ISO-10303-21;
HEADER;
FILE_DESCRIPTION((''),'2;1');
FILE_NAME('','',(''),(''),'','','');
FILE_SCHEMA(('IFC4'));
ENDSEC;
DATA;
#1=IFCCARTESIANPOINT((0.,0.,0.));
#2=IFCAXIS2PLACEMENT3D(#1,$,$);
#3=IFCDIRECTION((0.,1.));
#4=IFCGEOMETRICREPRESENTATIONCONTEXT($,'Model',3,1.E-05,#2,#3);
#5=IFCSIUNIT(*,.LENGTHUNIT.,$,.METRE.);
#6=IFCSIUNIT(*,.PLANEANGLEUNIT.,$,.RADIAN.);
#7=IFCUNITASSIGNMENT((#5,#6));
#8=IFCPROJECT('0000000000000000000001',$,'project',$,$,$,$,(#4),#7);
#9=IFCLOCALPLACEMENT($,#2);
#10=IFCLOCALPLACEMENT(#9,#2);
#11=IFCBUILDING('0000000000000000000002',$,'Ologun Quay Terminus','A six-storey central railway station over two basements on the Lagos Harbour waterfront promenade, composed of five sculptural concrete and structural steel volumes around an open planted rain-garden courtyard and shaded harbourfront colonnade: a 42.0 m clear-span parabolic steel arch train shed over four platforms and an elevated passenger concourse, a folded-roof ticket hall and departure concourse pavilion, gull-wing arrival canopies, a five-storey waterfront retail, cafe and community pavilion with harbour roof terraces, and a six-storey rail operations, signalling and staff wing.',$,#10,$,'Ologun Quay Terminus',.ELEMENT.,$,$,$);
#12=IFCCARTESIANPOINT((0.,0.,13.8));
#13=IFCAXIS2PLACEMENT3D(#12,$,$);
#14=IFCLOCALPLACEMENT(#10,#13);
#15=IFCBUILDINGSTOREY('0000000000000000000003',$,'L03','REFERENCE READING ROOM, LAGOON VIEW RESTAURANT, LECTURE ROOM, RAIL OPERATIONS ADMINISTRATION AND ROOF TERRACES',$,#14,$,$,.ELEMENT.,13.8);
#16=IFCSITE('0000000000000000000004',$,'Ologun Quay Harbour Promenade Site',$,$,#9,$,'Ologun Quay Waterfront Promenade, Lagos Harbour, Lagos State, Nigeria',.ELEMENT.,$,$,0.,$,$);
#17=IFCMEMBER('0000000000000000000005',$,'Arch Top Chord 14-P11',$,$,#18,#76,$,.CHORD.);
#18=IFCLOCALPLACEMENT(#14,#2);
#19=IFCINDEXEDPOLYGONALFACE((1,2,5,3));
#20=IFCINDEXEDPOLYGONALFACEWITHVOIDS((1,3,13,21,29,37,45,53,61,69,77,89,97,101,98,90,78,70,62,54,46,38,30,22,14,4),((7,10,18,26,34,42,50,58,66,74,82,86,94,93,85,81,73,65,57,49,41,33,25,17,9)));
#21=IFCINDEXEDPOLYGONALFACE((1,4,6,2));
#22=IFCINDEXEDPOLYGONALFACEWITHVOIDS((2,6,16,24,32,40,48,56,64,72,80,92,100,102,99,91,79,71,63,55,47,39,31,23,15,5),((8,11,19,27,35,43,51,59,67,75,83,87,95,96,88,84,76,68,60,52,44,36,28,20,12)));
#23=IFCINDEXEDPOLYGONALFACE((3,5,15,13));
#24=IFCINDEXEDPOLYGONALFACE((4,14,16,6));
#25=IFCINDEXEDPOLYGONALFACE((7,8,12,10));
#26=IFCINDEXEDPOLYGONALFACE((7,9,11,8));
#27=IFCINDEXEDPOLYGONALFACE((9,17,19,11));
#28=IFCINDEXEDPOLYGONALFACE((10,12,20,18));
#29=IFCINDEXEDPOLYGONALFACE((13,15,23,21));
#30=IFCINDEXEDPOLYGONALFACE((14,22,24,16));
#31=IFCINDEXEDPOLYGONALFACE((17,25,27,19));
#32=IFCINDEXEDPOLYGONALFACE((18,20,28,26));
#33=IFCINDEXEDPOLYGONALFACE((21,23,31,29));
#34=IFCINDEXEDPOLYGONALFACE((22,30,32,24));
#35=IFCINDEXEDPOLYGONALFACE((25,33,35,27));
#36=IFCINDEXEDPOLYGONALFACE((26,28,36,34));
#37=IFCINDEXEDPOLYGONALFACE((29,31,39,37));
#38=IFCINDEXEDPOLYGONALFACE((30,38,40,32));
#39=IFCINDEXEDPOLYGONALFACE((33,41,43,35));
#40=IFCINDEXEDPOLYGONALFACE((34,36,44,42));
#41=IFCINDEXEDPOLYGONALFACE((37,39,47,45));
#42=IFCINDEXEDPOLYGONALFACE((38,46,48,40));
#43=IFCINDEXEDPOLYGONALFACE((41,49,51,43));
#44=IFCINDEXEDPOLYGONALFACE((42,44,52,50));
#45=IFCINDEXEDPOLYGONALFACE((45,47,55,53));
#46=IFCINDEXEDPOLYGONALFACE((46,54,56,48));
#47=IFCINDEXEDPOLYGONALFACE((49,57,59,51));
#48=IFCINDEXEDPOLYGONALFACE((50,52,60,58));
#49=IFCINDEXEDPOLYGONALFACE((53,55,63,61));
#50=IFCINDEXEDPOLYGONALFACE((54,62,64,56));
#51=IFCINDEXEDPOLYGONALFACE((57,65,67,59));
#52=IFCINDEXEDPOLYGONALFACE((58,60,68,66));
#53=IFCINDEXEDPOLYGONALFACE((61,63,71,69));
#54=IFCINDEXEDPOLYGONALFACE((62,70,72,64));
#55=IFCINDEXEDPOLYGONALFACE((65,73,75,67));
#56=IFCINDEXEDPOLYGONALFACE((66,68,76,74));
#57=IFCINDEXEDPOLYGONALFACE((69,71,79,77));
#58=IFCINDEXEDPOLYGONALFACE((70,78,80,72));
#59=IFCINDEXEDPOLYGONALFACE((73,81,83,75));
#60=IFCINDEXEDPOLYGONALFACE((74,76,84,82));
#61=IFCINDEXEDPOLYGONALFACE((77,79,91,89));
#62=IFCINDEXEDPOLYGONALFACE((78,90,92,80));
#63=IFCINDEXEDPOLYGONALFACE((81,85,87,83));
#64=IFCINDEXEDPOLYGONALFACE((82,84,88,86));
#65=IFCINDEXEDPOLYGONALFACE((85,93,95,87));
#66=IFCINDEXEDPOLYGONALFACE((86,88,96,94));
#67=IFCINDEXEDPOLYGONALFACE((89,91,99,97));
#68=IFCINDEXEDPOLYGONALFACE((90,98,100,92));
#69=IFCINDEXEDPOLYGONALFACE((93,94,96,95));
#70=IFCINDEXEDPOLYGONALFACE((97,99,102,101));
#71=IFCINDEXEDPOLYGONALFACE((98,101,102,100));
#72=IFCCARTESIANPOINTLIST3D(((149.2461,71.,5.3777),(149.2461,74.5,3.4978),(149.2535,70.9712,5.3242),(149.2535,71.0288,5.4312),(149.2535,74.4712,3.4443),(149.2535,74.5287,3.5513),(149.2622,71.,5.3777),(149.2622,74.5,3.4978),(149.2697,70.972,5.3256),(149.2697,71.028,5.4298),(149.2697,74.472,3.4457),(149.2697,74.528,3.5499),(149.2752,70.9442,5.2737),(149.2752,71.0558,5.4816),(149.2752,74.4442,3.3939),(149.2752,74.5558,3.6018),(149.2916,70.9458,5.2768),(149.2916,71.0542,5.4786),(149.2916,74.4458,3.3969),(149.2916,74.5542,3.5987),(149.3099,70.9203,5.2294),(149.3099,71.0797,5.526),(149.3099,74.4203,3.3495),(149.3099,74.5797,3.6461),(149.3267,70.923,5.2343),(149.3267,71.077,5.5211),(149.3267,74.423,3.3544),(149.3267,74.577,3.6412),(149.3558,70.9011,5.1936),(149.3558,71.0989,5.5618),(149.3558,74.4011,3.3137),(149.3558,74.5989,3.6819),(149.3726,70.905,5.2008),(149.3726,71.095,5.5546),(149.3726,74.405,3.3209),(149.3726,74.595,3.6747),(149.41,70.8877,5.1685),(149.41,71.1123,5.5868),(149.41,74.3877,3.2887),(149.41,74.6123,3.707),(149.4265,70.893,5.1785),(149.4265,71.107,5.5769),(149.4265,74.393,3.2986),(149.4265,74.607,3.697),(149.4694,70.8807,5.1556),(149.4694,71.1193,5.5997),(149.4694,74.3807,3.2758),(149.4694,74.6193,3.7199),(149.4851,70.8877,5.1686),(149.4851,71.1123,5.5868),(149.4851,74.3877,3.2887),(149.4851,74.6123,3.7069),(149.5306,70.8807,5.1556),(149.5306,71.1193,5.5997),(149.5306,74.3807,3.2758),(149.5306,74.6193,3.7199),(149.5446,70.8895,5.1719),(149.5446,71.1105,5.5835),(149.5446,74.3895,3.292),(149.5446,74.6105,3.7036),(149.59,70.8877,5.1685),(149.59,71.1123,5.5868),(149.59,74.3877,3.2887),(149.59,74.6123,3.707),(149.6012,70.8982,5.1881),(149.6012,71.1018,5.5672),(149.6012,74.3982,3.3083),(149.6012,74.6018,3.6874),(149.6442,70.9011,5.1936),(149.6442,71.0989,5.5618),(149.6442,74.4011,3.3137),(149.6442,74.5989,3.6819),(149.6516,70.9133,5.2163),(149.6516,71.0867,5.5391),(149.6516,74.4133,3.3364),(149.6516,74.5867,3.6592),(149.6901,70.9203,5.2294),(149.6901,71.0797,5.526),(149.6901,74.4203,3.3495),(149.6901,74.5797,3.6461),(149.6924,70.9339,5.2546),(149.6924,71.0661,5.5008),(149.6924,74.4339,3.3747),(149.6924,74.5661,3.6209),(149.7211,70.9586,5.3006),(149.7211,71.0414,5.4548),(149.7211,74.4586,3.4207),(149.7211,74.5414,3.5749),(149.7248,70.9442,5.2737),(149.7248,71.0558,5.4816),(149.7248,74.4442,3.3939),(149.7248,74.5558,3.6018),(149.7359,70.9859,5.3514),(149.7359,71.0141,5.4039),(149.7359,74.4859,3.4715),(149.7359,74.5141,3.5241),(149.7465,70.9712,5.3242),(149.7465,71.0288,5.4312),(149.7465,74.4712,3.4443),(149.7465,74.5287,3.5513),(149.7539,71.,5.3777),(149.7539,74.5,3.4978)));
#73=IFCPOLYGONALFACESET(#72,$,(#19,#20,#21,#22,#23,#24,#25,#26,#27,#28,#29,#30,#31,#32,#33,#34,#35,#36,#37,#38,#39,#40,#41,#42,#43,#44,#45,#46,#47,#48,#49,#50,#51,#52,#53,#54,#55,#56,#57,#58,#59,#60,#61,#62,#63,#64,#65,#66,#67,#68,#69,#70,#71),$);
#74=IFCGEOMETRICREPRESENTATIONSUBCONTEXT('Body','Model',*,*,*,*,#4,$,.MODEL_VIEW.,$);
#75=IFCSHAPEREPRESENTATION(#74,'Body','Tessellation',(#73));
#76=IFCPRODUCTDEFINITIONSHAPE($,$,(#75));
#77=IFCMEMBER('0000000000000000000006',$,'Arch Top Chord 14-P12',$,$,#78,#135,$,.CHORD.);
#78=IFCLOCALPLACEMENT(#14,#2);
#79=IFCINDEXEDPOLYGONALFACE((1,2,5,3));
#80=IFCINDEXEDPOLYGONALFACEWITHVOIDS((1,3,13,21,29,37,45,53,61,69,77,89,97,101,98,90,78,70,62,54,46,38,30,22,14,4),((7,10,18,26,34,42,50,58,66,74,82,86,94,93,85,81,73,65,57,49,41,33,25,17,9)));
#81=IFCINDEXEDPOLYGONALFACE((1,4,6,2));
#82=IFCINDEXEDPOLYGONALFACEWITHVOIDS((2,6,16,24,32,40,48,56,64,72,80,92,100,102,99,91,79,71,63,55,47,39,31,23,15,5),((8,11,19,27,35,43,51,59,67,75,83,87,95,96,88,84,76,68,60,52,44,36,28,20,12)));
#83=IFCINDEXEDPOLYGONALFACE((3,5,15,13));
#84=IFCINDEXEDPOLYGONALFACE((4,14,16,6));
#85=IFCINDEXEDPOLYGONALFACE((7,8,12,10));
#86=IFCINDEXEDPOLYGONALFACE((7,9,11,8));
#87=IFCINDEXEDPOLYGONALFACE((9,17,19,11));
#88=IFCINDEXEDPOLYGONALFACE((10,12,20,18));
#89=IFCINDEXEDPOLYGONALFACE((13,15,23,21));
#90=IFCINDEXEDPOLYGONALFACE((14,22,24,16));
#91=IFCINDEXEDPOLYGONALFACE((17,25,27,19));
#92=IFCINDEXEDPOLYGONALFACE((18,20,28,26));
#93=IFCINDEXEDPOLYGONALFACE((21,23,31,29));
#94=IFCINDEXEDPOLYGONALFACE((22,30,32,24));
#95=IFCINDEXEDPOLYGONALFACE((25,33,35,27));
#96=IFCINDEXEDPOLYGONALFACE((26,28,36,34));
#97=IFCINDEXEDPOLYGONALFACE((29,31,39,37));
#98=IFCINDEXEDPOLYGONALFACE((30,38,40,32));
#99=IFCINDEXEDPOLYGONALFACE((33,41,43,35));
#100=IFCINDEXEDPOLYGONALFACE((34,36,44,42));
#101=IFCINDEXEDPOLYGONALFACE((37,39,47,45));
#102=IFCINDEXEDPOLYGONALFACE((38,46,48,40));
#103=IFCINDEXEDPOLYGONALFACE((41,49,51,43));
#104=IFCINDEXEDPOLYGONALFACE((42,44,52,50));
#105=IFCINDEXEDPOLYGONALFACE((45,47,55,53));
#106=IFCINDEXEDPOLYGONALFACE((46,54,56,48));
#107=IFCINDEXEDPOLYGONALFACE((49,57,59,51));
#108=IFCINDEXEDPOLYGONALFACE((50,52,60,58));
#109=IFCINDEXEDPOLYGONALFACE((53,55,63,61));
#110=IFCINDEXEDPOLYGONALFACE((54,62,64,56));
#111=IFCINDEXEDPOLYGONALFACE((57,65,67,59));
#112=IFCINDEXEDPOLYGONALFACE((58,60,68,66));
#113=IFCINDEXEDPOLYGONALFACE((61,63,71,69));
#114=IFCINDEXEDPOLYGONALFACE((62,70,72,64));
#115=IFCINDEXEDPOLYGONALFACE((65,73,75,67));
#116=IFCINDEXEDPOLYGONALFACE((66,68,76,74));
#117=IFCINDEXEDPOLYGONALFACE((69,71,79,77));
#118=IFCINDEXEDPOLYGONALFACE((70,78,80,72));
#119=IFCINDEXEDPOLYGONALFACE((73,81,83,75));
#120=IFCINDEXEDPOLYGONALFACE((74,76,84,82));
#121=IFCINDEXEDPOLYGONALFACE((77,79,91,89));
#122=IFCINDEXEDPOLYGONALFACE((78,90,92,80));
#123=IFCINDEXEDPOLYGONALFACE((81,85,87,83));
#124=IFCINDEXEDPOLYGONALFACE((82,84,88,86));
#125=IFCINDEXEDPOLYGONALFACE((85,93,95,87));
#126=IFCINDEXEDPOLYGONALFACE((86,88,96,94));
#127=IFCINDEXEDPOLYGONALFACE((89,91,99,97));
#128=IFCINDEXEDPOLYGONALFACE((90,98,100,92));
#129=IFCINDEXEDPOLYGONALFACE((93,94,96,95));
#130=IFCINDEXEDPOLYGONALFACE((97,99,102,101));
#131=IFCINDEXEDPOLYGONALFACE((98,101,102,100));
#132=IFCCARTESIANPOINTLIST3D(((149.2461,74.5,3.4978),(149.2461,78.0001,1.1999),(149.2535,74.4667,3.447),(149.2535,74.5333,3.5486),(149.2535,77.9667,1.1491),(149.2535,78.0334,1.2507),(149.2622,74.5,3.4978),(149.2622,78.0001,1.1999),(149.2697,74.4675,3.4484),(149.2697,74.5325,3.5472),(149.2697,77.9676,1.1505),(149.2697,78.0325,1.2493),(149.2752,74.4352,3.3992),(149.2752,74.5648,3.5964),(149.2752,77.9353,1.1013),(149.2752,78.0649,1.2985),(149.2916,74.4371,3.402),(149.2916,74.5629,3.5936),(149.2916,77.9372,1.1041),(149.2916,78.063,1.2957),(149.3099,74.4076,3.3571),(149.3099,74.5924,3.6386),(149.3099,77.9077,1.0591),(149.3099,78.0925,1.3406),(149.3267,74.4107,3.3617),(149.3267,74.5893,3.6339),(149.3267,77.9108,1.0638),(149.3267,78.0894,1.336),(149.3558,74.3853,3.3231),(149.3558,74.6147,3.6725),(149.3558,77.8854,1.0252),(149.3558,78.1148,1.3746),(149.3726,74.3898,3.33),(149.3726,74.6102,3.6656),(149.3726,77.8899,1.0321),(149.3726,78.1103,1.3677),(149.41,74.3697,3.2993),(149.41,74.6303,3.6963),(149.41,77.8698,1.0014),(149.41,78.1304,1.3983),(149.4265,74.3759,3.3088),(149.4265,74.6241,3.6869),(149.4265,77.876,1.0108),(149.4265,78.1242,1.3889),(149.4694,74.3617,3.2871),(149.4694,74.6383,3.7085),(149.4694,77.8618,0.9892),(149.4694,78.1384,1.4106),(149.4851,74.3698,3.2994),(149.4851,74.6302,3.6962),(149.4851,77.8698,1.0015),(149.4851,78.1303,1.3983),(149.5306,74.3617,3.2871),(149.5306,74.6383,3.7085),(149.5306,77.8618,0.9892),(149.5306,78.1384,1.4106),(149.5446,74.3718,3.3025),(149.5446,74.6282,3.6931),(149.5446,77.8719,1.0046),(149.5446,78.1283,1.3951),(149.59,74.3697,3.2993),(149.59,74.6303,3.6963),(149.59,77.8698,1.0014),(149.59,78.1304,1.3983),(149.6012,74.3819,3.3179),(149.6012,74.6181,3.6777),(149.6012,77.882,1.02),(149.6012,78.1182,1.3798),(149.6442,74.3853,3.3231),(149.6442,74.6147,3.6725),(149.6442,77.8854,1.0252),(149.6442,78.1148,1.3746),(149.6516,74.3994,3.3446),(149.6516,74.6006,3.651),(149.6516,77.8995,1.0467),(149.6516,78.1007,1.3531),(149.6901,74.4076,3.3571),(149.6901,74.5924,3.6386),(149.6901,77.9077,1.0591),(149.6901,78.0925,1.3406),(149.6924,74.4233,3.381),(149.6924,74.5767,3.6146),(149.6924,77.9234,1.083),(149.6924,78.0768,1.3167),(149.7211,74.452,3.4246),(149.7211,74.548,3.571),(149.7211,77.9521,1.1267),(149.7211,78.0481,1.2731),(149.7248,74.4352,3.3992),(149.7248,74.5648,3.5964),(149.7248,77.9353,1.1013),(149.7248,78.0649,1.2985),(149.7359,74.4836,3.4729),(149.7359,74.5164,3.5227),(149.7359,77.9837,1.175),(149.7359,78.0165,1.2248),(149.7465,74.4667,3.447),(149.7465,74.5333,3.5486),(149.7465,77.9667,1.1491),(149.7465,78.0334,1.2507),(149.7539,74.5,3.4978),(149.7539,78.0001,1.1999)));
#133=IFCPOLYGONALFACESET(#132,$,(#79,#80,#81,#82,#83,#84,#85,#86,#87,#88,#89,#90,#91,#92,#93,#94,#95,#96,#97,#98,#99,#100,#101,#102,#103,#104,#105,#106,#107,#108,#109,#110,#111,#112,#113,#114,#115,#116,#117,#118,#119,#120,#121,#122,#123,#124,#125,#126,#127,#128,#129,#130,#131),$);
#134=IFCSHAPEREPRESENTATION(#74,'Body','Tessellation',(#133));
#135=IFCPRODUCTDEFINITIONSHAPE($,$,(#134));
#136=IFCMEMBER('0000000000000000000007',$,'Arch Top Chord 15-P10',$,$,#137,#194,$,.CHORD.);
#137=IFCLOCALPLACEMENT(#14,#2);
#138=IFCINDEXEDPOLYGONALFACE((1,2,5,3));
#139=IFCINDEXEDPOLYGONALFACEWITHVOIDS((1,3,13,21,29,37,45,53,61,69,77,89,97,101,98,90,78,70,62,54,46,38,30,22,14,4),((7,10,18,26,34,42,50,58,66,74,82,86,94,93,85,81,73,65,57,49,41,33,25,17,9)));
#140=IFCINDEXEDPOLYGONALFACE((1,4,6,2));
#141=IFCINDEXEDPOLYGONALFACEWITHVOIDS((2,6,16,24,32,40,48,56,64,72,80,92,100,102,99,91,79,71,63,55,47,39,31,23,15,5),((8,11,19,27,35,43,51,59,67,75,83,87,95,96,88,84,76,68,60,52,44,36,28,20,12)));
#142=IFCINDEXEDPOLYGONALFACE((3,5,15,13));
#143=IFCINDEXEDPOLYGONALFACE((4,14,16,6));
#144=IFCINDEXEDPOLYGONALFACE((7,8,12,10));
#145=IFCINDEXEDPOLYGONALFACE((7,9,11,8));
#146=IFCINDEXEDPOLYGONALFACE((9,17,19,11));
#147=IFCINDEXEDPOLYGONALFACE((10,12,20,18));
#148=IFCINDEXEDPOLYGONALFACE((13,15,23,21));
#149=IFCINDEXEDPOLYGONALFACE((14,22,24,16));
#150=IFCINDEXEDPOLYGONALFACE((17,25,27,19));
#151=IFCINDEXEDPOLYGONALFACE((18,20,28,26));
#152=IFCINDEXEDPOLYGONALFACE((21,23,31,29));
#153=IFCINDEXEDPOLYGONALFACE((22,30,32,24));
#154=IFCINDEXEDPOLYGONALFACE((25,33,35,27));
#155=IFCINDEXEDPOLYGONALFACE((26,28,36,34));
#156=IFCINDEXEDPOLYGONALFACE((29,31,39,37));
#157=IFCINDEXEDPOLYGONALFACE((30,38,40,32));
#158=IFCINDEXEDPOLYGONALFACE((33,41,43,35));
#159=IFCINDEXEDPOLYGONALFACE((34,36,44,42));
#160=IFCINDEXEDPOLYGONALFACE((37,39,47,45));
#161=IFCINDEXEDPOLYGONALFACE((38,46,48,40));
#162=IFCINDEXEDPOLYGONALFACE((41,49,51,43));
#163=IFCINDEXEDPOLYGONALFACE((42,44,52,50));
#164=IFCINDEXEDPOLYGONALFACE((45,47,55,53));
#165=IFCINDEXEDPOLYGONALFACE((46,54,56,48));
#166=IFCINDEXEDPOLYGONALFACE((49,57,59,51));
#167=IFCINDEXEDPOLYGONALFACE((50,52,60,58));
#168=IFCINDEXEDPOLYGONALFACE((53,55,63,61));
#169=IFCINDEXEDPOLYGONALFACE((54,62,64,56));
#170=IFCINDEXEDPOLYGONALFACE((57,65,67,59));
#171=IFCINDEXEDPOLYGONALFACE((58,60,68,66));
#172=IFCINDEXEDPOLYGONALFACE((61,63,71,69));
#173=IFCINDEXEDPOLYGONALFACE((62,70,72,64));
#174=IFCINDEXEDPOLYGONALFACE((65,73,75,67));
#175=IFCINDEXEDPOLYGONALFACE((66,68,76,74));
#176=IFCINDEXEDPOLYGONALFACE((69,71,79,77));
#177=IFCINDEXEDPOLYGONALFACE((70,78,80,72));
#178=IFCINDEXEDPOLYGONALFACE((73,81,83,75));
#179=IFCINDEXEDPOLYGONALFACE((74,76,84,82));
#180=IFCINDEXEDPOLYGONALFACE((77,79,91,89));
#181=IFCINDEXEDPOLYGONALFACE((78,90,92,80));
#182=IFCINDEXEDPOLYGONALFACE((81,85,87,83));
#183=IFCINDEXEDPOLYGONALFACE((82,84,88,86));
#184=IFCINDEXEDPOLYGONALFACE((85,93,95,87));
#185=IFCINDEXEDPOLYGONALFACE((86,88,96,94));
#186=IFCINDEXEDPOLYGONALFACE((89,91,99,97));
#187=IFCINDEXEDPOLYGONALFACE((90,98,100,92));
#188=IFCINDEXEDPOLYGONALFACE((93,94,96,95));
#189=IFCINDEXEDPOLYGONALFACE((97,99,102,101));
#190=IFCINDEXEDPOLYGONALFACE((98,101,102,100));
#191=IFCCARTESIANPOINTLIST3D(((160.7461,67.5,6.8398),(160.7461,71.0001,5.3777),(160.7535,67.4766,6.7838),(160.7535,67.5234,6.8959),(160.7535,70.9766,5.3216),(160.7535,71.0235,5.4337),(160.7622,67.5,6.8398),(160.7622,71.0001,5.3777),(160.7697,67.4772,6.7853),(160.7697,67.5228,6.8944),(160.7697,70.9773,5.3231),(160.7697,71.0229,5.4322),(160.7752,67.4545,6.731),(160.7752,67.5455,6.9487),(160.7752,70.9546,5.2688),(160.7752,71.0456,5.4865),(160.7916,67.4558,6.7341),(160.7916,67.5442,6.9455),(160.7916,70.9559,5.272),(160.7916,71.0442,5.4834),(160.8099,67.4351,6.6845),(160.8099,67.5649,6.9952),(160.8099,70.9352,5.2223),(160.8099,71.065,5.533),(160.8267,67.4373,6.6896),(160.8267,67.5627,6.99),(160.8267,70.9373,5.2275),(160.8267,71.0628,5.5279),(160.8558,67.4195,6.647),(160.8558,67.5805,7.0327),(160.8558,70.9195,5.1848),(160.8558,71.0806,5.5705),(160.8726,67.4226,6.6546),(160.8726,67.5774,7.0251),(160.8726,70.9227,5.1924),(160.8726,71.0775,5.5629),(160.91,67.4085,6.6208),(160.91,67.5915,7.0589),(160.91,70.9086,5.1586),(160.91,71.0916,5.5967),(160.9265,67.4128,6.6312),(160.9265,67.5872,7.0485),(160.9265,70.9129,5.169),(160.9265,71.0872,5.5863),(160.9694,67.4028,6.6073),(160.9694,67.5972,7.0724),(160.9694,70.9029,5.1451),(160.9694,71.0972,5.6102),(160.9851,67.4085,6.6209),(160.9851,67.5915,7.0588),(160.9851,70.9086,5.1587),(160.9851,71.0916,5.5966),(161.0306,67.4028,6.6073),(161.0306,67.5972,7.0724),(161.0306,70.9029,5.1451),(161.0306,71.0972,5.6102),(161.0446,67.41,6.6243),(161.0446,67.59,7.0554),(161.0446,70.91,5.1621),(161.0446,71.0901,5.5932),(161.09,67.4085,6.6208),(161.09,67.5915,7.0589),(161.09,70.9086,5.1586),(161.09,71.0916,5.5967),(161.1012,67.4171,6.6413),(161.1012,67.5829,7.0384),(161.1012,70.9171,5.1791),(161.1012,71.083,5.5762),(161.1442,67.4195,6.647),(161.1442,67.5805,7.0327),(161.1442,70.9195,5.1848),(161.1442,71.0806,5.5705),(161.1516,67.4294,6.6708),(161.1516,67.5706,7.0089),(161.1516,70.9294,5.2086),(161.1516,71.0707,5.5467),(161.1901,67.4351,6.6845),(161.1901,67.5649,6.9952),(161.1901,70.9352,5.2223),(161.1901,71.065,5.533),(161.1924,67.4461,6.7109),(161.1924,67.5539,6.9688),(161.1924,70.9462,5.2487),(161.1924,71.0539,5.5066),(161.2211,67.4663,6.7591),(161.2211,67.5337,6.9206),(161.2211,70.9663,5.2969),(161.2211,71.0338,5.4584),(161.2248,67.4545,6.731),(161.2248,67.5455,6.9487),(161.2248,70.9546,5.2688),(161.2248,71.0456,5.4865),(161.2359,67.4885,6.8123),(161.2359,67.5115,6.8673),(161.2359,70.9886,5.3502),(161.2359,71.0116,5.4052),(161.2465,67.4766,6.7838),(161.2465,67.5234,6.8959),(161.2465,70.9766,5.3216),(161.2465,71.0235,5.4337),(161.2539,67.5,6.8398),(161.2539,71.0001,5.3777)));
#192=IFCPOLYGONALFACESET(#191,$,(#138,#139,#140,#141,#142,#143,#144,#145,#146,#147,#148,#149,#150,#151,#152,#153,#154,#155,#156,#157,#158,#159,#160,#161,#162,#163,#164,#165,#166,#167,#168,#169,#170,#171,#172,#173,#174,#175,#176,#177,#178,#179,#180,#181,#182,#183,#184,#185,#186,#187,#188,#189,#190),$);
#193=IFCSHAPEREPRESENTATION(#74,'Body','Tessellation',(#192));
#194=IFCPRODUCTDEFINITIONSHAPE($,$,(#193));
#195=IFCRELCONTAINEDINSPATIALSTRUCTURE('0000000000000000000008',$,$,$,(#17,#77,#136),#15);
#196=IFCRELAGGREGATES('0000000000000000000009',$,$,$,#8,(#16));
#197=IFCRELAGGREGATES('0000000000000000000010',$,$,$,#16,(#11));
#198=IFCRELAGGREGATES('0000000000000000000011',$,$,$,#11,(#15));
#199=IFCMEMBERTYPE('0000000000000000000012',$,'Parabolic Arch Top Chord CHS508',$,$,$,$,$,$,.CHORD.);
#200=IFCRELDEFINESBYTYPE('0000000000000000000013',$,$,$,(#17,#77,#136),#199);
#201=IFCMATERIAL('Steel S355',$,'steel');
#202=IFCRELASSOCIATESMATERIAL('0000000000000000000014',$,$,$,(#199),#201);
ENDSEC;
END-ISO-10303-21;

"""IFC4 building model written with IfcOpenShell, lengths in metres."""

from ifc_helpers import new_model, si_unit, direction, frame, origin, origin_2d, place, context, subcontext, project, spatial, hollow_circle, extrude, material, material_profile, profile_set, type_object, element, save


model = new_model("IFC4")

# Units and contexts
model_context = context("Model", 3, precision=1e-05, world=origin(), true_north=direction((0.0, 1.0)))
body_context = subcontext(model_context, "Body", "Model", "MODEL_VIEW")
ifc_project = project(units=[si_unit("LENGTHUNIT", "METRE"), si_unit("PLANEANGLEUNIT", "RADIAN")], contexts=[model_context])

# Site, building, storey
site_placement = place(None, origin())
site = spatial("IfcSite", under=ifc_project, at=site_placement, Name="Ologun Quay Harbour Promenade Site", LongName="Ologun Quay Waterfront Promenade, Lagos Harbour, Lagos State, Nigeria", CompositionType="ELEMENT", RefElevation=0.0)
building_placement = place(site_placement, origin())
building = spatial("IfcBuilding", under=site, at=building_placement, Name="Ologun Quay Terminus", Description="A six-storey central railway station over two basements on the Lagos Harbour waterfront promenade, composed of five sculptural concrete and structural steel volumes around an open planted rain-garden courtyard and shaded harbourfront colonnade: a 42.0 m clear-span parabolic steel arch train shed over four platforms and an elevated passenger concourse, a folded-roof ticket hall and departure concourse pavilion, gull-wing arrival canopies, a five-storey waterfront retail, cafe and community pavilion with harbour roof terraces, and a six-storey rail operations, signalling and staff wing.", LongName="Ologun Quay Terminus", CompositionType="ELEMENT")
storey_placement = place(building_placement, frame((0.0, 0.0, 13.8)))
storey = spatial("IfcBuildingStorey", under=building, at=storey_placement, Name="L03", Description="REFERENCE READING ROOM, LAGOON VIEW RESTAURANT, LECTURE ROOM, RAIL OPERATIONS ADMINISTRATION AND ROOF TERRACES", CompositionType="ELEMENT", Elevation=13.8)

# Members
ifc_material_1 = material(Name="Steel S355", Category="steel")
ifc_material_profile_1 = material_profile(ifc_material_1, hollow_circle(Radius=0.2539, WallThickness=0.0161, at=origin_2d()), Name="CHS 508x16")
ifc_profile_set_1 = profile_set([ifc_material_profile_1], Name="Steel S355")
member_type_1 = type_object("IfcMemberType", Name="Parabolic Arch Top Chord CHS508", PredefinedType="CHORD", material=ifc_profile_set_1)
member_1_placement = place(storey_placement, frame((149.5, 71.0, 5.3777), z_axis=(0.0, 0.880968, -0.473176), x_axis=(-1.0, 0.0, 0.0)))
element("IfcMember", 1, at=member_1_placement, inside=storey, type_object=member_type_1, Name="Arch Top Chord 14-P11", PredefinedType="CHORD", context=body_context, shape_type="SweptSolid", body=[
    extrude(hollow_circle(Radius=0.2539, WallThickness=0.0161, at=origin_2d()), origin(), (0.0, 0.0, 1.0), 3.9729),
])
member_2_placement = place(storey_placement, frame((149.5, 74.5, 3.4978), z_axis=(0.0, 0.835941, -0.548819), x_axis=(-1.0, 0.0, 0.0)))
element("IfcMember", 2, at=member_2_placement, inside=storey, type_object=member_type_1, Name="Arch Top Chord 14-P12", PredefinedType="CHORD", context=body_context, shape_type="SweptSolid", body=[
    extrude(hollow_circle(Radius=0.2539, WallThickness=0.0161, at=origin_2d()), origin(), (0.0, 0.0, 1.0), 4.187),
])
member_3_placement = place(storey_placement, frame((161.0, 67.5, 6.8398), z_axis=(0.0, 0.922719, -0.385474), x_axis=(-1.0, 0.0, 0.0)))
element("IfcMember", 3, at=member_3_placement, inside=storey, type_object=member_type_1, Name="Arch Top Chord 15-P10", PredefinedType="CHORD", context=body_context, shape_type="SweptSolid", body=[
    extrude(hollow_circle(Radius=0.2539, WallThickness=0.0161, at=origin_2d()), origin(), (0.0, 0.0, 1.0), 3.7932),
])

save(model, "model.ifc")
